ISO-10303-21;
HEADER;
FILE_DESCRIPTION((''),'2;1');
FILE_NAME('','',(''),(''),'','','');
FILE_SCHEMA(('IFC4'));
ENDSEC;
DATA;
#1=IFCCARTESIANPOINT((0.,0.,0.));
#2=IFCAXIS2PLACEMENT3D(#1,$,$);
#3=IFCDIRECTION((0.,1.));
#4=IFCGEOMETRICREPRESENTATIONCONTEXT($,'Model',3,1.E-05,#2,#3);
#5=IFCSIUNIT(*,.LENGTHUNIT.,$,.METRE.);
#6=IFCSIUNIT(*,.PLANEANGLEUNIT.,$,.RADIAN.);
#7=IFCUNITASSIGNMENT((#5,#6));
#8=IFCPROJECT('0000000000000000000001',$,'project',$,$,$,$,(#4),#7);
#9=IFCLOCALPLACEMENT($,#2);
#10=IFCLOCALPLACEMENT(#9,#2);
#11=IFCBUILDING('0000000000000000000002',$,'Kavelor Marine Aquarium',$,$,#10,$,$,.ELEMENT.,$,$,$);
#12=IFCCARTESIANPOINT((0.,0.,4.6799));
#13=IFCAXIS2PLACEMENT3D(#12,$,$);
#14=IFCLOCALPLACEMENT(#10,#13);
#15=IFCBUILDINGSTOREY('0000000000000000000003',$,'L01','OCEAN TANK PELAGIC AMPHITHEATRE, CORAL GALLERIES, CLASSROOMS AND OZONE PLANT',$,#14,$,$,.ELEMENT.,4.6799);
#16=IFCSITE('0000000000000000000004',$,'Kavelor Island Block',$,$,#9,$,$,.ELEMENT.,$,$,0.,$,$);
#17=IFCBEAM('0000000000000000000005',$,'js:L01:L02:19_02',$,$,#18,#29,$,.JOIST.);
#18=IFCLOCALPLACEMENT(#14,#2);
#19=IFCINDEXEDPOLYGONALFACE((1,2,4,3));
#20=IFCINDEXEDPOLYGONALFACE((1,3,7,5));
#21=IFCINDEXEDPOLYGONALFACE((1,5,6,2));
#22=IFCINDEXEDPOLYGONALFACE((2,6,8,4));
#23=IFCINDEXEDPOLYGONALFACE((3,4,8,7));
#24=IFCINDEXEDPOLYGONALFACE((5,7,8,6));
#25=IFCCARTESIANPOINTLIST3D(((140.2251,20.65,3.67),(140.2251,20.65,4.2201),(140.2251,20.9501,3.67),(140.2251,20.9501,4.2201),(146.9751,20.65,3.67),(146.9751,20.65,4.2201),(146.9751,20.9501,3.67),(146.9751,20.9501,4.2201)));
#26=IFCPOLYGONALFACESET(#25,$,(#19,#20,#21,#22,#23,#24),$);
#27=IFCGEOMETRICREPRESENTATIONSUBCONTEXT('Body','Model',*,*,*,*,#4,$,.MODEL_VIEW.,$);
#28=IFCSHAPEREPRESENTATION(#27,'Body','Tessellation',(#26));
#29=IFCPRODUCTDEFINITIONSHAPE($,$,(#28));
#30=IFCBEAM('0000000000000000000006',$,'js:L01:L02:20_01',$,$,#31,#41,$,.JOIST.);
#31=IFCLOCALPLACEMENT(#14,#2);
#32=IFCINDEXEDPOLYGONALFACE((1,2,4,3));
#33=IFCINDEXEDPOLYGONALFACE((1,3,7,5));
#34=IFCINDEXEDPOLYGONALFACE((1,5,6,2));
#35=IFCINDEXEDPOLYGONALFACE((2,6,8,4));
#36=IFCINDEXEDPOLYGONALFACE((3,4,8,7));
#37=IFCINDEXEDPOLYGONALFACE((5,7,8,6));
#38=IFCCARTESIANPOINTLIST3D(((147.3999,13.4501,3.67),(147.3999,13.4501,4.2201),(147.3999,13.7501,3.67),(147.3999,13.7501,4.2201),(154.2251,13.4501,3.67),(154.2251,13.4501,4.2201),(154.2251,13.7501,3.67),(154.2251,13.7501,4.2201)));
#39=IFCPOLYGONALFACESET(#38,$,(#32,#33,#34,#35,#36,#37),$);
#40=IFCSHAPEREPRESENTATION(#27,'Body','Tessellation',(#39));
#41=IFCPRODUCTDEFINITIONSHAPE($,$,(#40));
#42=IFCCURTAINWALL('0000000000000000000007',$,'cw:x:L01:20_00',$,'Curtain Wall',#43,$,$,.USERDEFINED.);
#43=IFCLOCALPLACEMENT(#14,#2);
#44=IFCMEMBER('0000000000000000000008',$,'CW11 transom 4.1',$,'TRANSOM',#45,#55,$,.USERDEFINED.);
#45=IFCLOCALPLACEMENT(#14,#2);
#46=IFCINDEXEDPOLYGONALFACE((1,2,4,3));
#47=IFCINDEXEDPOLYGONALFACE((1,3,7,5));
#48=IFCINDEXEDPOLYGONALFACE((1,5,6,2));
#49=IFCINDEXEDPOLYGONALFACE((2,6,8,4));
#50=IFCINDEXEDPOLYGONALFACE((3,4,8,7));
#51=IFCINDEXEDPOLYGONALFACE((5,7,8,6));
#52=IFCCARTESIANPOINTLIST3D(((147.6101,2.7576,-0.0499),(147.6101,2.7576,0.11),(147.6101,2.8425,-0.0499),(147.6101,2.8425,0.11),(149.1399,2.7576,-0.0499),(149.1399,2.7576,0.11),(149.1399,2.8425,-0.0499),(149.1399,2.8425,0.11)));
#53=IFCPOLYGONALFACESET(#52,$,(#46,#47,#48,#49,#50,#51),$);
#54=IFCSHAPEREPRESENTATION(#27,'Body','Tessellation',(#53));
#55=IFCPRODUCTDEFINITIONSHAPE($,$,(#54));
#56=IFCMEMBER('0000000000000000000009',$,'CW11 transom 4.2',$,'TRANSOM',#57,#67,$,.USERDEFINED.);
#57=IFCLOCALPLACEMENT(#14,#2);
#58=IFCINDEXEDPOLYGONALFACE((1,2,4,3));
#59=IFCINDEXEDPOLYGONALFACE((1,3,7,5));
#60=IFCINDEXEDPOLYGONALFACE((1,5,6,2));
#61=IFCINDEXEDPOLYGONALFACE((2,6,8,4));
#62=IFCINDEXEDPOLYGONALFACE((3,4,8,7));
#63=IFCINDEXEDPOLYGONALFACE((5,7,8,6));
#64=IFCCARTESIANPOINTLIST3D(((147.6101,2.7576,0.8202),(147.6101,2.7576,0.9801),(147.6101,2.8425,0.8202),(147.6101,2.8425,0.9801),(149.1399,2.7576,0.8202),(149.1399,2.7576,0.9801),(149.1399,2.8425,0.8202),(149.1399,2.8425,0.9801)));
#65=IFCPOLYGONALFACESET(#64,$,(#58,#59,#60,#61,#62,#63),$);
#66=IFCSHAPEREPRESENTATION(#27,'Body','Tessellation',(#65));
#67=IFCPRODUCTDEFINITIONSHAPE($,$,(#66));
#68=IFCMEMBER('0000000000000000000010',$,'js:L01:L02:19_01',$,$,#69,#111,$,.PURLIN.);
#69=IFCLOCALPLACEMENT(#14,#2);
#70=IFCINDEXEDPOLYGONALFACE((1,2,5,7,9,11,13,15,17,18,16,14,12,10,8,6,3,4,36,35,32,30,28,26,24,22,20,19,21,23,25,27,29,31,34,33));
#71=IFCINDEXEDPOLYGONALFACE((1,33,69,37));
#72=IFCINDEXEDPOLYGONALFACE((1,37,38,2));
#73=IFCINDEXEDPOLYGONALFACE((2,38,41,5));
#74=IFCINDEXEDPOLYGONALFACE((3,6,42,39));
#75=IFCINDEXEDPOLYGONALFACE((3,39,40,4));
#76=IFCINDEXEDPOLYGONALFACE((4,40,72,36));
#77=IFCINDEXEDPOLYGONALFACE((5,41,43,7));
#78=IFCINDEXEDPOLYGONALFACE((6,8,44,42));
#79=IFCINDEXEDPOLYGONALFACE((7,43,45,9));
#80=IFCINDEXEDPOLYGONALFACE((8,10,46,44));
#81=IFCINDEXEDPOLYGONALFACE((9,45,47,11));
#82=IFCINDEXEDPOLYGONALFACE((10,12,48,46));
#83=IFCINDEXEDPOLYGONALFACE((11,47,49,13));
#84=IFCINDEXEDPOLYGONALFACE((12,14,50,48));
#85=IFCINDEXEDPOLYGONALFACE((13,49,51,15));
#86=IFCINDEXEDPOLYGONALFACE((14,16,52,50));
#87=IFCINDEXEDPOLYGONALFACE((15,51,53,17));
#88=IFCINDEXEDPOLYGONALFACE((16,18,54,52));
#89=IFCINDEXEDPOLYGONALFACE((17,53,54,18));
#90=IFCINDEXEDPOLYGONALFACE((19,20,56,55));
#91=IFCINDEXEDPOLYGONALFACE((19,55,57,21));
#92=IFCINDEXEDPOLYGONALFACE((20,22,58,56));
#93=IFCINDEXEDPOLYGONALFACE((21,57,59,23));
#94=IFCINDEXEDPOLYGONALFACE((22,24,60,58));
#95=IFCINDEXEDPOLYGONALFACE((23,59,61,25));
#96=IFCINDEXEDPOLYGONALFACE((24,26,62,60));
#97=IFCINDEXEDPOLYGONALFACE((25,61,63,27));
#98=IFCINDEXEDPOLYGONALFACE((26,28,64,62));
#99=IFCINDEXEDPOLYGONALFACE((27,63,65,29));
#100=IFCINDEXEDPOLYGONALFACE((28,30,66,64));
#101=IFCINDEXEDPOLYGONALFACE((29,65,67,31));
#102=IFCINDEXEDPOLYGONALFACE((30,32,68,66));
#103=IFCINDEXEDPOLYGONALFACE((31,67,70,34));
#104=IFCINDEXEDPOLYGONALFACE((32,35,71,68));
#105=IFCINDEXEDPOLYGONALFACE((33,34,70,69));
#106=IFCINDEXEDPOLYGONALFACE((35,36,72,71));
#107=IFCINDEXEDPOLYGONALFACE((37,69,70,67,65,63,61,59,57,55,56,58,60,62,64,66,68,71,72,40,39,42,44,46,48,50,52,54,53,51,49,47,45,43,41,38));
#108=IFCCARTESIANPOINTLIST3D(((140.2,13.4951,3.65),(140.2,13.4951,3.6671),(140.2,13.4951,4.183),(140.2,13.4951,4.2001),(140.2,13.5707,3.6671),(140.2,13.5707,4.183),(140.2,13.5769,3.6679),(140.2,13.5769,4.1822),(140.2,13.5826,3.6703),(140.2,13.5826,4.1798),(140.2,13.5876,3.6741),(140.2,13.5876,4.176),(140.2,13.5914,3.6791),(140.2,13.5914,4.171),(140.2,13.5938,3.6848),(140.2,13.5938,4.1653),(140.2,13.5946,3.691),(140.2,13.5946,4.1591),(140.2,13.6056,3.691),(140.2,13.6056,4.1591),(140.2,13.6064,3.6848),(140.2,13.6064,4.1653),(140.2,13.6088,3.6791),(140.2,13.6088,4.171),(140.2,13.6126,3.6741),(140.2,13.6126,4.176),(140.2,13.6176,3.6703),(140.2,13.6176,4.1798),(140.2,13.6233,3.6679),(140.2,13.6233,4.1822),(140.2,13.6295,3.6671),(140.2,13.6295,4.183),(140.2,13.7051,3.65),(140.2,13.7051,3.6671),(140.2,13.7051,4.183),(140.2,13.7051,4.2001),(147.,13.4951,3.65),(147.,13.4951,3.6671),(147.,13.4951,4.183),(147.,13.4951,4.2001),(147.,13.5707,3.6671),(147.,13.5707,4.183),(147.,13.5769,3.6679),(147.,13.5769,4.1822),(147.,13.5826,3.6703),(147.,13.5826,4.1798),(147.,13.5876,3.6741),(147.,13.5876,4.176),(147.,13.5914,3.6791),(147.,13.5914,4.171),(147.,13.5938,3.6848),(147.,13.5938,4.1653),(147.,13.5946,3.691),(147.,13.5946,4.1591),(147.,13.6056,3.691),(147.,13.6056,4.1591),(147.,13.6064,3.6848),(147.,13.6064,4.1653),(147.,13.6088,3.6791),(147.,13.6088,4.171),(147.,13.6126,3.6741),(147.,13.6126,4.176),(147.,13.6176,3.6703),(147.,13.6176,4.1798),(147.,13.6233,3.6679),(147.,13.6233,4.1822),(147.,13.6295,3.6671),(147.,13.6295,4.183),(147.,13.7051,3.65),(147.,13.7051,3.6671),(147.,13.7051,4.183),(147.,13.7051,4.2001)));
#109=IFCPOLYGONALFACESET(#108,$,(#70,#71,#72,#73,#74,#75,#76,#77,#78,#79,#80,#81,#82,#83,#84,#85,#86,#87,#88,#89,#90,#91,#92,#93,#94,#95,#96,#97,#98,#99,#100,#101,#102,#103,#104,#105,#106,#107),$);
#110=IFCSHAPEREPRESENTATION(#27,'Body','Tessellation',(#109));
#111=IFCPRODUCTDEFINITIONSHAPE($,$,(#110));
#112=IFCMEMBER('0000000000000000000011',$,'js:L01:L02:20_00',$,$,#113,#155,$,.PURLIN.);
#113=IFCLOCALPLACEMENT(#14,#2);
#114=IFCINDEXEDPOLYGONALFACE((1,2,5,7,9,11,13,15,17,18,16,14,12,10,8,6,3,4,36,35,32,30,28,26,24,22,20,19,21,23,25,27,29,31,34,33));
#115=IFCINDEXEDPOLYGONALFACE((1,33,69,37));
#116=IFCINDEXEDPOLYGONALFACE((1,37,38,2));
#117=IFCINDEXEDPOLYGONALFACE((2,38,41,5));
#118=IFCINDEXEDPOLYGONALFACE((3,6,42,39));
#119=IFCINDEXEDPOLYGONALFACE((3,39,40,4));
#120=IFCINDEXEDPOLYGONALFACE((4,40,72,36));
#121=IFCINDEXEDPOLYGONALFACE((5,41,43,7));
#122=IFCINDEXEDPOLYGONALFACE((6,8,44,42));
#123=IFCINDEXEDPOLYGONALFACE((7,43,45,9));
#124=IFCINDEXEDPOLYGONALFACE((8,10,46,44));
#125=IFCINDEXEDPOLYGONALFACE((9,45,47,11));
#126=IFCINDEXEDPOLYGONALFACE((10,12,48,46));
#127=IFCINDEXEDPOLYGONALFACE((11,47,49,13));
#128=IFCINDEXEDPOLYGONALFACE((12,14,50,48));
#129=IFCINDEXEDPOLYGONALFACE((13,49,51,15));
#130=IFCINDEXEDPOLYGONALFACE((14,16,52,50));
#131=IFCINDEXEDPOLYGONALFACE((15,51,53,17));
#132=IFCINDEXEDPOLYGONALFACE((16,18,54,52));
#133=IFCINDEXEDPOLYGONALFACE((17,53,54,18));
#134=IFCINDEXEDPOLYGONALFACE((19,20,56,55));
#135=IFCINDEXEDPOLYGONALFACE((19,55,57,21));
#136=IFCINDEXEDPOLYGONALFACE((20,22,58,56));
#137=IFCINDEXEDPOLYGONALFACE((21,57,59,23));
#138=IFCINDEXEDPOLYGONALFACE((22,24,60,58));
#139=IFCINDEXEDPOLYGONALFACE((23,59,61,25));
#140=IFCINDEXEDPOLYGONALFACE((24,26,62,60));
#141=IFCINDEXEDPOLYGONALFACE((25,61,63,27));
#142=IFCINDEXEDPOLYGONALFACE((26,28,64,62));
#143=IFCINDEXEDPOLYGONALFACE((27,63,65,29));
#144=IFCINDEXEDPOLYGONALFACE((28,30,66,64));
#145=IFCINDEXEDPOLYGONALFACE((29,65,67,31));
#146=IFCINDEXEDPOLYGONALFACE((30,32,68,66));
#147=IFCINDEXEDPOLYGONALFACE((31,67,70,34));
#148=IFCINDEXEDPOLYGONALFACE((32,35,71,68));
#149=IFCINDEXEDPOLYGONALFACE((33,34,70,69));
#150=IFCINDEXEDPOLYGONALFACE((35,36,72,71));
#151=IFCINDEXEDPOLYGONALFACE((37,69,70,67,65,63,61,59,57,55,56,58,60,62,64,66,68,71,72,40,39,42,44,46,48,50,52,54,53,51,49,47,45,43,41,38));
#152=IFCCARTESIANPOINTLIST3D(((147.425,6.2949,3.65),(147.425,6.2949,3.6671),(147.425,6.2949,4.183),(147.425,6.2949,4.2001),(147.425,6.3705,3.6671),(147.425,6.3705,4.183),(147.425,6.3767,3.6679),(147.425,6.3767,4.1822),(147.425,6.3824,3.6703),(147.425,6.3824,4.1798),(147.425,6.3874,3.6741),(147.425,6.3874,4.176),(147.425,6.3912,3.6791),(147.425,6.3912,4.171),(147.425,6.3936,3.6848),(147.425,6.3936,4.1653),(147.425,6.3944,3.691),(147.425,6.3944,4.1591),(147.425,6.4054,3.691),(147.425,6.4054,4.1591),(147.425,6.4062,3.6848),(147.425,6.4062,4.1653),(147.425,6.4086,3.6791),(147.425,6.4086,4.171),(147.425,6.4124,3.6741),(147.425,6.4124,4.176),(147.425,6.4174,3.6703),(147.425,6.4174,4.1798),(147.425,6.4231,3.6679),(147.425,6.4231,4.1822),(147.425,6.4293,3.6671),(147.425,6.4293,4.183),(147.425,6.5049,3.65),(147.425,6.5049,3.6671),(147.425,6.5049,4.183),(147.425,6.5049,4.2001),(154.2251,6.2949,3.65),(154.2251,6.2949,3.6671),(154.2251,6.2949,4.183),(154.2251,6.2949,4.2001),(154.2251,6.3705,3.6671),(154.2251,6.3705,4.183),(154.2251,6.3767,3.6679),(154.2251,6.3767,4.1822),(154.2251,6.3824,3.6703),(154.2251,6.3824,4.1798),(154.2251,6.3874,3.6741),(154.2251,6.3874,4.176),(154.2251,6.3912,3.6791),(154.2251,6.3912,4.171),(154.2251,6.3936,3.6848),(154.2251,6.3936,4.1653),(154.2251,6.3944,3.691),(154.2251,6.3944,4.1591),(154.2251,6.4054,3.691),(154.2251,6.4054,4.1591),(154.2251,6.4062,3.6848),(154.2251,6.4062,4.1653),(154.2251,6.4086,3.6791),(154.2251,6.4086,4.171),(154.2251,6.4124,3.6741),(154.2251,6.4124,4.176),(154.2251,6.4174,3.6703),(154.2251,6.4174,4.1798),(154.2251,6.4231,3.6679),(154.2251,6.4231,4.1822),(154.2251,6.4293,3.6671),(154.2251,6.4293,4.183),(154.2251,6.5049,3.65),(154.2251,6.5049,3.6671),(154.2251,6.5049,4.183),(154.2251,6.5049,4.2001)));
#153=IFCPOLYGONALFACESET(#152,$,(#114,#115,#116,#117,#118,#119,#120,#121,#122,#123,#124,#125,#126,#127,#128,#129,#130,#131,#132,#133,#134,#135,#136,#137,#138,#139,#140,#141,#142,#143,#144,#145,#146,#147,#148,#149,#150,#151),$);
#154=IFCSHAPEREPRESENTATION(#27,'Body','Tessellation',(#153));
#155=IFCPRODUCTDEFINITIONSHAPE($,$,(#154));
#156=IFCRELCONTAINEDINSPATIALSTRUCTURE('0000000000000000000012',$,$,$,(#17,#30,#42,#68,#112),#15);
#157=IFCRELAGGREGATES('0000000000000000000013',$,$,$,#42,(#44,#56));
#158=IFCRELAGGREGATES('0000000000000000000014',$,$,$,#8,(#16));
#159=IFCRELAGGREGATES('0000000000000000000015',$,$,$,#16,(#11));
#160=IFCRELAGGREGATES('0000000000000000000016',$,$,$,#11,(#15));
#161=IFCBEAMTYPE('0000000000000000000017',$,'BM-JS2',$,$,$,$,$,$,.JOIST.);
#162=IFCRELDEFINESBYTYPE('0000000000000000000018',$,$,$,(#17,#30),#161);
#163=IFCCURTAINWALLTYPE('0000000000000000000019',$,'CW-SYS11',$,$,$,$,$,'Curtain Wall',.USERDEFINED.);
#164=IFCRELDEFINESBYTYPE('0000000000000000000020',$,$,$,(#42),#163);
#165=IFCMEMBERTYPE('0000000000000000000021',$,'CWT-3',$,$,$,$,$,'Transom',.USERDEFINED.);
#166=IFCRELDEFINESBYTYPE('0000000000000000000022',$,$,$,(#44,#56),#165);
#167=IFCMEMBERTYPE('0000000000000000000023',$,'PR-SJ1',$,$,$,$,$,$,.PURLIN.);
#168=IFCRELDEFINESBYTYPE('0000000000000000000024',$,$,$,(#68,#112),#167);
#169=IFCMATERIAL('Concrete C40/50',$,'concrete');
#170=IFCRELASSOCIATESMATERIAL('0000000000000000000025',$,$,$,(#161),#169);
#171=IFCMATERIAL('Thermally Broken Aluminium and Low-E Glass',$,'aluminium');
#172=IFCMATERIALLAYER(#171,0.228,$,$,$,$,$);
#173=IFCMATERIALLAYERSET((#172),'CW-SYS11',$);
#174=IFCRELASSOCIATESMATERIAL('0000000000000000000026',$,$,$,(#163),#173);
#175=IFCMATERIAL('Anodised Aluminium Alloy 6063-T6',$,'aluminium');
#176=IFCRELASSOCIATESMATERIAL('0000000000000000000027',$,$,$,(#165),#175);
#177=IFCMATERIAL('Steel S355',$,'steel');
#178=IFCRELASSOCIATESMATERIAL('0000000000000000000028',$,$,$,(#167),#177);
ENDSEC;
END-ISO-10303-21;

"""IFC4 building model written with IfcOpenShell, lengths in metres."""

from ifc_helpers import new_model, si_unit, direction, frame, origin, origin_2d, place, context, subcontext, project, spatial, rectangle, i_section, extrude, material, layer, layer_set, material_profile, profile_set, type_object, element, aggregate, save


model = new_model("IFC4")

# Units and contexts
model_context = context("Model", 3, precision=1e-05, world=origin(), true_north=direction((0.0, 1.0)))
body_context = subcontext(model_context, "Body", "Model", "MODEL_VIEW")
ifc_project = project(units=[si_unit("LENGTHUNIT", "METRE"), si_unit("PLANEANGLEUNIT", "RADIAN")], contexts=[model_context])

# Site, building, storey
site_placement = place(None, origin())
site = spatial("IfcSite", under=ifc_project, at=site_placement, Name="Kavelor Island Block", CompositionType="ELEMENT", RefElevation=0.0)
building_placement = place(site_placement, origin())
building = spatial("IfcBuilding", under=site, at=building_placement, Name="Kavelor Marine Aquarium", CompositionType="ELEMENT")
storey_placement = place(building_placement, frame((0.0, 0.0, 4.6799)))
storey = spatial("IfcBuildingStorey", under=building, at=storey_placement, Name="L01", Description="OCEAN TANK PELAGIC AMPHITHEATRE, CORAL GALLERIES, CLASSROOMS AND OZONE PLANT", CompositionType="ELEMENT", Elevation=4.6799)

# Beams
ifc_material_1 = material(Name="Concrete C40/50", Category="concrete")
ifc_material_profile_1 = material_profile(ifc_material_1, rectangle(XDim=0.3, YDim=0.55, at=origin_2d()), Name="RC-JS 300x550")
ifc_profile_set_1 = profile_set([ifc_material_profile_1], Name="Concrete C40/50")
beam_type_1 = type_object("IfcBeamType", Name="BM-JS2", PredefinedType="JOIST", material=ifc_profile_set_1)
for number, where, z_axis, x_axis, name in (
    (1, (140.2251, 20.8, 3.9451), (1.0, 0.0, 0.0), (0.0, 1.0, 0.0), "js:L01:L02:19_02"),
):
    element("IfcBeam", number, at=place(storey_placement, frame(where, z_axis=z_axis, x_axis=x_axis)), inside=storey, type_object=beam_type_1, Name=name, PredefinedType="JOIST", context=body_context, shape_type="SweptSolid", body=[
        extrude(rectangle(XDim=0.3, YDim=0.55, at=origin_2d()), origin(), (0.0, 0.0, 1.0), 6.75),
    ])
beam_1_placement = place(storey_placement, frame((147.3999, 13.6001, 3.9451), z_axis=(1.0, 0.0, 0.0), x_axis=(0.0, 1.0, 0.0)))
element("IfcBeam", 2, at=beam_1_placement, inside=storey, type_object=beam_type_1, Name="js:L01:L02:20_01", PredefinedType="JOIST", context=body_context, shape_type="SweptSolid", body=[
    extrude(rectangle(XDim=0.3, YDim=0.55, at=origin_2d()), origin(), (0.0, 0.0, 1.0), 6.8252),
])

# Curtain wall, members
ifc_material_2 = material(Name="Thermally Broken Aluminium and Low-E Glass", Category="aluminium")
ifc_layer_1 = layer(ifc_material_2, 0.228)
ifc_layer_set_1 = layer_set([ifc_layer_1], Name="CW-SYS11")
curtain_wall_type = type_object("IfcCurtainWallType", Name="CW-SYS11", ElementType="Curtain Wall", PredefinedType="USERDEFINED", material=ifc_layer_set_1)
curtain_wall_placement = place(storey_placement, origin())
curtain_wall = element("IfcCurtainWall", 3, at=curtain_wall_placement, inside=storey, type_object=curtain_wall_type, Name="cw:x:L01:20_00", ObjectType="Curtain Wall", PredefinedType="USERDEFINED")
ifc_material_3 = material(Name="Anodised Aluminium Alloy 6063-T6", Category="aluminium")
ifc_material_profile_2 = material_profile(ifc_material_3, rectangle(XDim=0.085, YDim=0.1599, at=origin_2d()), Name="CW-TRN 85x160")
ifc_profile_set_2 = profile_set([ifc_material_profile_2], Name="Anodised Aluminium Alloy 6063-T6")
member_type_1 = type_object("IfcMemberType", Name="CWT-3", ElementType="Transom", PredefinedType="USERDEFINED", material=ifc_profile_set_2)
member_1_placement = place(storey_placement, frame((149.1399, 2.8, 0.03), z_axis=(-1.0, 0.0, 0.0), x_axis=(0.0, -1.0, 0.0)))
member_1 = element("IfcMember", 4, at=member_1_placement, type_object=member_type_1, Name="CW11 transom 4.1", ObjectType="TRANSOM", PredefinedType="USERDEFINED", context=body_context, shape_type="SweptSolid", body=[
    extrude(rectangle(XDim=0.085, YDim=0.1599, at=origin_2d()), origin(), (0.0, 0.0, 1.0), 1.5298),
])
member_2_placement = place(storey_placement, frame((149.1399, 2.8, 0.9001), z_axis=(-1.0, 0.0, 0.0), x_axis=(0.0, -1.0, 0.0)))
member_2 = element("IfcMember", 5, at=member_2_placement, type_object=member_type_1, Name="CW11 transom 4.2", ObjectType="TRANSOM", PredefinedType="USERDEFINED", context=body_context, shape_type="SweptSolid", body=[
    extrude(rectangle(XDim=0.085, YDim=0.1599, at=origin_2d()), origin(), (0.0, 0.0, 1.0), 1.5298),
])
aggregate(curtain_wall, [member_1, member_2])

# Members
ifc_material_4 = material(Name="Steel S355", Category="steel")
ifc_material_profile_3 = material_profile(ifc_material_4, i_section(OverallWidth=0.21, OverallDepth=0.55, WebThickness=0.011, FlangeThickness=0.0171, FilletRadius=0.0239, at=origin_2d()), Name="IPE 550")
ifc_profile_set_3 = profile_set([ifc_material_profile_3], Name="Steel S355")
member_type_2 = type_object("IfcMemberType", Name="PR-SJ1", PredefinedType="PURLIN", material=ifc_profile_set_3)
for number, where, z_axis, x_axis, name in (
    (6, (140.2, 13.6001, 3.925), (1.0, 0.0, 0.0), (0.0, 1.0, 0.0), "js:L01:L02:19_01"),
    (7, (147.425, 6.3999, 3.925), (1.0, 0.0, 0.0), (0.0, 1.0, 0.0), "js:L01:L02:20_00"),
):
    element("IfcMember", number, at=place(storey_placement, frame(where, z_axis=z_axis, x_axis=x_axis)), inside=storey, type_object=member_type_2, Name=name, PredefinedType="PURLIN", context=body_context, shape_type="SweptSolid", body=[
        extrude(i_section(OverallWidth=0.21, OverallDepth=0.55, WebThickness=0.011, FlangeThickness=0.0171, FilletRadius=0.0239, at=origin_2d()), origin(), (0.0, 0.0, 1.0), 6.8),
    ])

save(model, "model.ifc")
